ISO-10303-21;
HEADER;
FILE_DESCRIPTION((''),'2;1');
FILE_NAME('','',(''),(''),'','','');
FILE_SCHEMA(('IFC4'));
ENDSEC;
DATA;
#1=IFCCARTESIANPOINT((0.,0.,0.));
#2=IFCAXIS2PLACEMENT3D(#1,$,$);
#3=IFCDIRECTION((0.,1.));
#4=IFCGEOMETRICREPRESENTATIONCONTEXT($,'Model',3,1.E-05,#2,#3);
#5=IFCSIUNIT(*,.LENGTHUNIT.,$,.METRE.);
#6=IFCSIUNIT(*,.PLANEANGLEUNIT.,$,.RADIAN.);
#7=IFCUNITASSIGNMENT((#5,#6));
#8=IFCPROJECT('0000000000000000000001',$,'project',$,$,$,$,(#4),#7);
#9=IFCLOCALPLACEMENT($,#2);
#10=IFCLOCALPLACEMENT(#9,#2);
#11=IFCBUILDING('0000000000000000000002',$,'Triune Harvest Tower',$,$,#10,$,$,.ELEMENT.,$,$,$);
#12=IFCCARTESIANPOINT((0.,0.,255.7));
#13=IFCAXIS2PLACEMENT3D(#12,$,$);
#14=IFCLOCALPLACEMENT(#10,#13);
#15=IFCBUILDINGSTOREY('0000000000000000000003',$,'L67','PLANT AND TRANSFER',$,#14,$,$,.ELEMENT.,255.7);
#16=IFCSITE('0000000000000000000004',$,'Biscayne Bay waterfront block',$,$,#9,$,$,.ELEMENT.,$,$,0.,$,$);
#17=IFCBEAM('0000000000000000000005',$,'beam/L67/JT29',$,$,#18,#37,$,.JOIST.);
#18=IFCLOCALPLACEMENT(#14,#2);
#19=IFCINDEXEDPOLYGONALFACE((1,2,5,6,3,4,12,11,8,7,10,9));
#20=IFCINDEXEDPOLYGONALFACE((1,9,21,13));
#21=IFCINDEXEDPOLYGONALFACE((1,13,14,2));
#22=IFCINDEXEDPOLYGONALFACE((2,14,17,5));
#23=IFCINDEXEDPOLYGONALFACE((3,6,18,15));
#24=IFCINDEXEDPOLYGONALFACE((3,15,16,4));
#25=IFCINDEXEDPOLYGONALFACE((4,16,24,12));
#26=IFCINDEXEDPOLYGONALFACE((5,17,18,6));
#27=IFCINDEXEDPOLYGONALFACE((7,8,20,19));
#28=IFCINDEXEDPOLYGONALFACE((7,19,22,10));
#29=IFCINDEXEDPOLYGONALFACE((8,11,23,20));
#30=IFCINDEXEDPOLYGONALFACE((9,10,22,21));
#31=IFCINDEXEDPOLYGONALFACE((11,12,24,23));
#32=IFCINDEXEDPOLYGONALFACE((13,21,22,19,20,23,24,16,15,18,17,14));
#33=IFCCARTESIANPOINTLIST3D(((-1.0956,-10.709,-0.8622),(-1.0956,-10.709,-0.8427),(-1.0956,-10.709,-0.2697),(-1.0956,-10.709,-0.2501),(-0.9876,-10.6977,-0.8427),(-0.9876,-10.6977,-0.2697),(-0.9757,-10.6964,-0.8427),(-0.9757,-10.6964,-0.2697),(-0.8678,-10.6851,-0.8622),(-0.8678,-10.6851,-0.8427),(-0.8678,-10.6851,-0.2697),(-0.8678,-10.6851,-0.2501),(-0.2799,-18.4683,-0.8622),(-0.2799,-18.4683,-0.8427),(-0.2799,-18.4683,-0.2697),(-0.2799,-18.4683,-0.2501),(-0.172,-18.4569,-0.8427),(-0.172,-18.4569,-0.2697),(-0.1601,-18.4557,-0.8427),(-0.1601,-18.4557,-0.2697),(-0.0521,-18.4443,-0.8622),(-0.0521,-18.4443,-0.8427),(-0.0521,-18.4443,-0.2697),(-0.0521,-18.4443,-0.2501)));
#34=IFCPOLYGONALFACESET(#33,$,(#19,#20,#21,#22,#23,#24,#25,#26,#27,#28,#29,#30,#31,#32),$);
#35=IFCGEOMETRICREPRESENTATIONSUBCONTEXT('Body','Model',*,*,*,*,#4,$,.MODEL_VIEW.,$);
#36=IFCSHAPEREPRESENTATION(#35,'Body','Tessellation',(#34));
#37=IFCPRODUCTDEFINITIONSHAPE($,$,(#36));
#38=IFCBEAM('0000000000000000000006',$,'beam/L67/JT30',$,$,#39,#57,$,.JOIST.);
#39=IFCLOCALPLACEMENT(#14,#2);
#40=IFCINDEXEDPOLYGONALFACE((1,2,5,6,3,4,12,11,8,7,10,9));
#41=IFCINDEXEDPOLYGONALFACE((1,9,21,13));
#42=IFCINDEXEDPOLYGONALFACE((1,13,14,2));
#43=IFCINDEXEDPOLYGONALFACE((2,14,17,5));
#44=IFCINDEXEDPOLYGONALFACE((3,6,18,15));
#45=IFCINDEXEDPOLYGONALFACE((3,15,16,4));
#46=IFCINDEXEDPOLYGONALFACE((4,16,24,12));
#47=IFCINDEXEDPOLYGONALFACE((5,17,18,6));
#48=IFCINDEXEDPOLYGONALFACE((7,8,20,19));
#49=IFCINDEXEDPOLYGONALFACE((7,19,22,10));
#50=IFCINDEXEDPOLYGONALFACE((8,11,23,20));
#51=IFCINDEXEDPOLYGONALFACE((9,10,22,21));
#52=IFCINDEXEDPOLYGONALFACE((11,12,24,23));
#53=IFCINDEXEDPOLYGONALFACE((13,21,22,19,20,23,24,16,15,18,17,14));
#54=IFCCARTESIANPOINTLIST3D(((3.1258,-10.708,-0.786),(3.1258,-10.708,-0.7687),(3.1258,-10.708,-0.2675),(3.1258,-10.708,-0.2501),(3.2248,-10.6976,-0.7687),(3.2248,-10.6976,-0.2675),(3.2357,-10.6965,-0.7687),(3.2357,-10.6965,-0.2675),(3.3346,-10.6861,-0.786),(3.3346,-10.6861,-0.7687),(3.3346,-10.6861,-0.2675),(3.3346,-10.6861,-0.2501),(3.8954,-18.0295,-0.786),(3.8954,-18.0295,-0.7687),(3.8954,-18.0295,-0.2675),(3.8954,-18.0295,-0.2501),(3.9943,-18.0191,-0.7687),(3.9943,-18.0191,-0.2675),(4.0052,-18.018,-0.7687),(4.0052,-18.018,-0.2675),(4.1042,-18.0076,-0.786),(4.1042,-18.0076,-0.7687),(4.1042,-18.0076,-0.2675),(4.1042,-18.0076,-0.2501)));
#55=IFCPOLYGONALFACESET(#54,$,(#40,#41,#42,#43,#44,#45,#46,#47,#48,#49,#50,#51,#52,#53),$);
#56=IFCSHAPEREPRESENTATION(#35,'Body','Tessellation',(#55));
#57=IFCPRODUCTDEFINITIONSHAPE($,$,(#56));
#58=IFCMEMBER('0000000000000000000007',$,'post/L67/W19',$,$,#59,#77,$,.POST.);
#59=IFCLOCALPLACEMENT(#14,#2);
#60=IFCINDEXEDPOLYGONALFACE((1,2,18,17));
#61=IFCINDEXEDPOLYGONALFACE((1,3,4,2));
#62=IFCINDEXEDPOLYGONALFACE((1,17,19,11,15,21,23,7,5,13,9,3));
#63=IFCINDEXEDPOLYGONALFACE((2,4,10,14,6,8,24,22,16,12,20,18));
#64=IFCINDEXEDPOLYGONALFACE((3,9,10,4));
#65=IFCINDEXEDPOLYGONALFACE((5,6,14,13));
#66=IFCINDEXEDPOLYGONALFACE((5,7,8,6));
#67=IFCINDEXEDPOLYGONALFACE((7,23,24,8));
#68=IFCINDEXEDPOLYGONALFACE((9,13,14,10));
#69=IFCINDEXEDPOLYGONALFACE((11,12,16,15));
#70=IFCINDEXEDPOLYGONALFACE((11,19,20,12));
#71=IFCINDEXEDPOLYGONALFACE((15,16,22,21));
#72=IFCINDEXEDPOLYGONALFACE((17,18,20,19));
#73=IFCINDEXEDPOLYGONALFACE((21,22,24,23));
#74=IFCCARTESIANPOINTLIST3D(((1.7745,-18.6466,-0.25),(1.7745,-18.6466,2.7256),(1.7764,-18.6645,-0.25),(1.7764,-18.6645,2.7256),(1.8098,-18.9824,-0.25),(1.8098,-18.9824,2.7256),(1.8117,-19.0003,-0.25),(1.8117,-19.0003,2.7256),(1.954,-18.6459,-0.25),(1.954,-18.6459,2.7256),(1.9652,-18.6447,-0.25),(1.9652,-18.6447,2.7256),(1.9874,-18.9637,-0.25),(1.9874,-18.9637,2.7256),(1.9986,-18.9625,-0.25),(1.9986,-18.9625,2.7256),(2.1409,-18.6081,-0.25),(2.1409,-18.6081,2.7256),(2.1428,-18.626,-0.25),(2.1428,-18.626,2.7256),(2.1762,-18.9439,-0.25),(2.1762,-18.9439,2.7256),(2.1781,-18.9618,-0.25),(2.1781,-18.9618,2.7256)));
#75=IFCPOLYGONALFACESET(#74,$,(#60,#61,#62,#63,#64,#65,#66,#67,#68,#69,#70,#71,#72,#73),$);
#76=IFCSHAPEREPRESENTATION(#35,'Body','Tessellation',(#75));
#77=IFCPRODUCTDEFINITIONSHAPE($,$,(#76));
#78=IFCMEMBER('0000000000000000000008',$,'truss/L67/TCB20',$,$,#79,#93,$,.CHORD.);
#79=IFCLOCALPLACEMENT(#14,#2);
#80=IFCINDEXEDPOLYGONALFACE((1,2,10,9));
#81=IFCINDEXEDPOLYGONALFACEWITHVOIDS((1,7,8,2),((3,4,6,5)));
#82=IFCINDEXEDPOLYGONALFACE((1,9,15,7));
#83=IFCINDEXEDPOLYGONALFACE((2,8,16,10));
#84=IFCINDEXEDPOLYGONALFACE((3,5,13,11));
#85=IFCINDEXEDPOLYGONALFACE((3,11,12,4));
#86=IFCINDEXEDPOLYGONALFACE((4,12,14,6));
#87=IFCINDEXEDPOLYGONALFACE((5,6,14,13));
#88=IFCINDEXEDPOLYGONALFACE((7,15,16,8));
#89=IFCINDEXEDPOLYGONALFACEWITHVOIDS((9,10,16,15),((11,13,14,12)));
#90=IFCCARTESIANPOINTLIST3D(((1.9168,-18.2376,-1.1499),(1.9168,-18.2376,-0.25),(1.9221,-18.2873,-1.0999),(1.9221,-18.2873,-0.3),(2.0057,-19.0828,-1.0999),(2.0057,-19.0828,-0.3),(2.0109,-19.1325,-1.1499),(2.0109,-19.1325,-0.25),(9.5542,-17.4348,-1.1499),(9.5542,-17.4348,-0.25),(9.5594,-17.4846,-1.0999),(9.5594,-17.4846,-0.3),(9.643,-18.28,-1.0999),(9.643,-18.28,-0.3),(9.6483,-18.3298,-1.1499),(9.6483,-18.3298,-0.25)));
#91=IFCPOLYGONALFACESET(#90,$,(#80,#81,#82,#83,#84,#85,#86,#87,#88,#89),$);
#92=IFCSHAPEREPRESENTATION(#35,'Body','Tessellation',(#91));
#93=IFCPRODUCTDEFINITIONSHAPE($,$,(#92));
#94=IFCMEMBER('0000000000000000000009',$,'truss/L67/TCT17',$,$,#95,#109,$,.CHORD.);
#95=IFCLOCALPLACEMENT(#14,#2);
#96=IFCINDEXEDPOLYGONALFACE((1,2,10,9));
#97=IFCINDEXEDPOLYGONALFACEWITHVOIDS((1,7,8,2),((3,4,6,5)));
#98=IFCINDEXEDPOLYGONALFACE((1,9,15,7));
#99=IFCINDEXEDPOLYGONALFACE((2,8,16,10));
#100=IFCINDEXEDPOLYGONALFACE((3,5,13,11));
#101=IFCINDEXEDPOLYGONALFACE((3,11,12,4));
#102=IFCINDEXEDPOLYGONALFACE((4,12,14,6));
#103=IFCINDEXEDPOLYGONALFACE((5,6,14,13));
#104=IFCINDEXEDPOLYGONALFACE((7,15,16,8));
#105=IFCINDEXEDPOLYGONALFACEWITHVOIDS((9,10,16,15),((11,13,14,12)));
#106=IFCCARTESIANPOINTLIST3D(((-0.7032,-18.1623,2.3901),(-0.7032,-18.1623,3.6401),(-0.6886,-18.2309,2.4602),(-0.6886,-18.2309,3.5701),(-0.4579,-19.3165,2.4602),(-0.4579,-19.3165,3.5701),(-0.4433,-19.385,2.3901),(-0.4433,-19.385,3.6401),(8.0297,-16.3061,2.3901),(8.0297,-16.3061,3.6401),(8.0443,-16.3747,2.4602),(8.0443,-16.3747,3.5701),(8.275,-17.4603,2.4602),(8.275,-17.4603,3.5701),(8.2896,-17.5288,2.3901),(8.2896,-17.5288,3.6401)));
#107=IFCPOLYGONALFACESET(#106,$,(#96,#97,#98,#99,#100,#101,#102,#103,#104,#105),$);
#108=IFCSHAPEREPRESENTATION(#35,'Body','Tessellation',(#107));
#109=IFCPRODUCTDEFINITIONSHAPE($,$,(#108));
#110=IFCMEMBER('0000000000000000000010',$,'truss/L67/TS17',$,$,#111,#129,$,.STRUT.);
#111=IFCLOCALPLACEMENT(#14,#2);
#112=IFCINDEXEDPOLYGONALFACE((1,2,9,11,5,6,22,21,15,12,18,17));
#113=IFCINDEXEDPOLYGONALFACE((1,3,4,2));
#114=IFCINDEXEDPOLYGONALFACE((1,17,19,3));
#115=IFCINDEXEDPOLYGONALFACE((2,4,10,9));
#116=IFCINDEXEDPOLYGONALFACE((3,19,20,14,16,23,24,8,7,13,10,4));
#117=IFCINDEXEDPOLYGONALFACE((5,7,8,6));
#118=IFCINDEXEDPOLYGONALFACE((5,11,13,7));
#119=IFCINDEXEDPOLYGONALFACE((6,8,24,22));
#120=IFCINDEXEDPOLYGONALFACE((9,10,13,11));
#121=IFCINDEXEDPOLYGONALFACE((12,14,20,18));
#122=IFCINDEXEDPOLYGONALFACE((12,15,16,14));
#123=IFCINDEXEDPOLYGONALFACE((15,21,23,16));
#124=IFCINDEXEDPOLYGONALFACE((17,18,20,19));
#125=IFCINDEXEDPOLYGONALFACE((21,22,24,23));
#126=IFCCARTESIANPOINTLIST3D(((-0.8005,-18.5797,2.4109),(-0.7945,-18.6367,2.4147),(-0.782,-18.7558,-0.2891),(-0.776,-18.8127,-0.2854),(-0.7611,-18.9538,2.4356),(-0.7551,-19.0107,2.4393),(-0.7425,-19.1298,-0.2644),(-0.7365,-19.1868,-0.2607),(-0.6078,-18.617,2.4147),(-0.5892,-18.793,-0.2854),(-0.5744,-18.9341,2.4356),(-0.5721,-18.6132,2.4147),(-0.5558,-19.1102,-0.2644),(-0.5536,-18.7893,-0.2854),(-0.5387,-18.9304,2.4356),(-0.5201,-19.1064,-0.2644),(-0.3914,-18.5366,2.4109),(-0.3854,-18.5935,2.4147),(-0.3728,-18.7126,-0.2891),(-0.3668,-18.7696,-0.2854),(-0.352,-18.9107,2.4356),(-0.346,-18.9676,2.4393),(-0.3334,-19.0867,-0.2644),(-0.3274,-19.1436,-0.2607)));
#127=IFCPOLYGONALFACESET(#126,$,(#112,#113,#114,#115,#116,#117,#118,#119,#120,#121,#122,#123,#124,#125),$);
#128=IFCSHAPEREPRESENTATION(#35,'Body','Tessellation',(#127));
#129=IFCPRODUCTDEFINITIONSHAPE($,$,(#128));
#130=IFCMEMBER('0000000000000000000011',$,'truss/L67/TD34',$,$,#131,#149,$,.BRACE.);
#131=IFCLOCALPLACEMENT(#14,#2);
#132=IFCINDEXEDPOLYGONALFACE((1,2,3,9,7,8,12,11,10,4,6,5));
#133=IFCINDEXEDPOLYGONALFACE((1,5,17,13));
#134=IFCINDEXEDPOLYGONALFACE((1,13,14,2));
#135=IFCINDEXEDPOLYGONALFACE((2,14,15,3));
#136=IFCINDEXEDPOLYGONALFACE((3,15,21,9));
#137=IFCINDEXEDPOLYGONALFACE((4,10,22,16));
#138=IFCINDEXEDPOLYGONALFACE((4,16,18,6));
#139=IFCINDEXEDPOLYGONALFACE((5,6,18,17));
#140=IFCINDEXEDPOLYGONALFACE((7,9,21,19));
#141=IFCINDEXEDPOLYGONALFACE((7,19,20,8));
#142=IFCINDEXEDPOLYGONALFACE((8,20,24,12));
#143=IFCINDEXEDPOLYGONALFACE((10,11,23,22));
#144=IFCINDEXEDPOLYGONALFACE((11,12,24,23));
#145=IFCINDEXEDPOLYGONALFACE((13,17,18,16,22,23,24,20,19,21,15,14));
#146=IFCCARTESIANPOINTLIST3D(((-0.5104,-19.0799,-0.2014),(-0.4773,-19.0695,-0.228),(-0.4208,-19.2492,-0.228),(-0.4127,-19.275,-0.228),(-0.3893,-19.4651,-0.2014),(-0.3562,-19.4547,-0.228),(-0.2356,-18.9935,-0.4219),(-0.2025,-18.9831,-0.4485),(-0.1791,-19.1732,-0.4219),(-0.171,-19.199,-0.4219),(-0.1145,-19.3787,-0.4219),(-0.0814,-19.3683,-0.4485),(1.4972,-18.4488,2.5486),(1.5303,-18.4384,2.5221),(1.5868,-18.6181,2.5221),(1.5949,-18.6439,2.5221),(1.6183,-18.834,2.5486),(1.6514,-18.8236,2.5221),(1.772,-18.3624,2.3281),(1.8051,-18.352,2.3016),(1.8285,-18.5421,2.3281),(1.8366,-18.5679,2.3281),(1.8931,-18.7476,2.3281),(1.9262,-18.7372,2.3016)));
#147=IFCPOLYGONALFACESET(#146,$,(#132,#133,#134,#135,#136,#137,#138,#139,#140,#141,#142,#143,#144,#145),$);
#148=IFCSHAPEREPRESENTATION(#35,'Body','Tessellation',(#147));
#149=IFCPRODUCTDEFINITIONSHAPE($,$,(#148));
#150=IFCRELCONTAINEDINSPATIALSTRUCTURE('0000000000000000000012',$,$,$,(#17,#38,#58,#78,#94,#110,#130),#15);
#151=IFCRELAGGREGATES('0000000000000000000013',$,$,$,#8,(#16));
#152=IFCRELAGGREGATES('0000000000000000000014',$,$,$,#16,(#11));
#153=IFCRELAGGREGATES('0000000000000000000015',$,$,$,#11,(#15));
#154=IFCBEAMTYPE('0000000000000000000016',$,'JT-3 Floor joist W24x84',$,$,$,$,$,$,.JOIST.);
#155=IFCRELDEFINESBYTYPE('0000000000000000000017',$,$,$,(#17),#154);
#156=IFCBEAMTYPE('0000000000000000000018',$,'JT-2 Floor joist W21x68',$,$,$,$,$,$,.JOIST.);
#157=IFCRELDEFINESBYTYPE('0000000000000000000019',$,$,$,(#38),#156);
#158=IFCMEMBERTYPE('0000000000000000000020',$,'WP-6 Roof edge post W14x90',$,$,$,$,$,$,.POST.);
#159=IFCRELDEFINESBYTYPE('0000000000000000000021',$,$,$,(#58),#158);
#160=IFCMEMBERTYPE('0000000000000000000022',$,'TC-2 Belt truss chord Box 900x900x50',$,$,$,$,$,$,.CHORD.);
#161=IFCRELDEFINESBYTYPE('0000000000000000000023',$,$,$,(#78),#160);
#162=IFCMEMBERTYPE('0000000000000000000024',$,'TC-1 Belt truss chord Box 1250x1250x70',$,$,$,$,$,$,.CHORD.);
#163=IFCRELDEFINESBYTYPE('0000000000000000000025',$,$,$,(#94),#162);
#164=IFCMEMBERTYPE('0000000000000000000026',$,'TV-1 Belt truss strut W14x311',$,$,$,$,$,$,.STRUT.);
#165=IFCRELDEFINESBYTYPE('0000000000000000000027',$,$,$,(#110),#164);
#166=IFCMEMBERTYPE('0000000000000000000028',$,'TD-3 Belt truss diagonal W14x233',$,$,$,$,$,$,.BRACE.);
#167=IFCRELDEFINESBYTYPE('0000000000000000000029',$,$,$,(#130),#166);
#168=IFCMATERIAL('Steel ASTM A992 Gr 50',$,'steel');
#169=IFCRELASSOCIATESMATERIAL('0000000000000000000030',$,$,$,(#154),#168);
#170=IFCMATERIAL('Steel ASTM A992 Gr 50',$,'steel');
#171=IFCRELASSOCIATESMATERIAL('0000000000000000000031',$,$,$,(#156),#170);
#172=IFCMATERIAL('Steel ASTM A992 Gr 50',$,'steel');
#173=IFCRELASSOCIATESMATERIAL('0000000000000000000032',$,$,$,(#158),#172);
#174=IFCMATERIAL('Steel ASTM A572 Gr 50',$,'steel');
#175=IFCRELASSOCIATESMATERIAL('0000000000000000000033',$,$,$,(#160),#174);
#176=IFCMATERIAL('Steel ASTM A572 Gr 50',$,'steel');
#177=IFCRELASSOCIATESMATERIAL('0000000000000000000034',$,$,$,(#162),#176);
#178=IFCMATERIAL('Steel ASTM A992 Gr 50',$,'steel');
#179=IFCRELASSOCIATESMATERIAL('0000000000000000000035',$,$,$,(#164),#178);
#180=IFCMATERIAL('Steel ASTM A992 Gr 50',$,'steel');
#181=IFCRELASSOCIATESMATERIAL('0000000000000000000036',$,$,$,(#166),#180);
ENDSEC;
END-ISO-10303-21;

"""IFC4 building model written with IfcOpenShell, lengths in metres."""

from ifc_helpers import new_model, si_unit, direction, frame, origin, origin_2d, place, context, subcontext, project, spatial, hollow_rectangle, i_section, extrude, source, transform, mapped, material, material_profile, profile_set, type_object, element, save


model = new_model("IFC4")

# Units and contexts
model_context = context("Model", 3, precision=1e-05, world=origin(), true_north=direction((0.0, 1.0)))
body_context = subcontext(model_context, "Body", "Model", "MODEL_VIEW")
ifc_project = project(units=[si_unit("LENGTHUNIT", "METRE"), si_unit("PLANEANGLEUNIT", "RADIAN")], contexts=[model_context])

# Site, building, storey
site_placement = place(None, origin())
site = spatial("IfcSite", under=ifc_project, at=site_placement, Name="Biscayne Bay waterfront block", CompositionType="ELEMENT", RefElevation=0.0)
building_placement = place(site_placement, origin())
building = spatial("IfcBuilding", under=site, at=building_placement, Name="Triune Harvest Tower", CompositionType="ELEMENT")
storey_placement = place(building_placement, frame((0.0, 0.0, 255.7)))
storey = spatial("IfcBuildingStorey", under=building, at=storey_placement, Name="L67", Description="PLANT AND TRANSFER", CompositionType="ELEMENT", Elevation=255.7)

# Beams
ifc_material_1 = material(Name="Steel ASTM A992 Gr 50", Category="steel")
ifc_material_profile_1 = material_profile(ifc_material_1, i_section(OverallWidth=0.229, OverallDepth=0.6121, WebThickness=0.012, FlangeThickness=0.0195, at=origin_2d()), Name="W24x84")
ifc_profile_set_1 = profile_set([ifc_material_profile_1], Name="Steel ASTM A992 Gr 50")
beam_type_1 = type_object("IfcBeamType", Name="JT-3 Floor joist W24x84", PredefinedType="JOIST", material=ifc_profile_set_1)
shared_shape_1 = source(origin(), body_context, "Body", "SweptSolid", [
    extrude(i_section(OverallWidth=0.229, OverallDepth=0.6121, WebThickness=0.012, FlangeThickness=0.0195, at=origin_2d()), origin(), (0.0, 0.0, 1.0), 7.802),
])
beam_1_placement = place(storey_placement, frame((-0.166, -18.4563, -0.5562), z_axis=(-0.104546, 0.99452, 0.0), x_axis=(-0.99452, -0.104546, 0.0)))
element("IfcBeam", 1, at=beam_1_placement, inside=storey, type_object=beam_type_1, Name="beam/L67/JT29", PredefinedType="JOIST", context=body_context, shape_type="MappedRepresentation", body=[
    mapped(shared_shape_1, transform((0.0, 0.0, 0.0), scale=1.0)),
])
ifc_material_2 = material(Name="Steel ASTM A992 Gr 50", Category="steel")
ifc_material_profile_2 = material_profile(ifc_material_2, i_section(OverallWidth=0.21, OverallDepth=0.5359, WebThickness=0.011, FlangeThickness=0.0173, at=origin_2d()), Name="W21x68")
ifc_profile_set_2 = profile_set([ifc_material_profile_2], Name="Steel ASTM A992 Gr 50")
beam_type_2 = type_object("IfcBeamType", Name="JT-2 Floor joist W21x68", PredefinedType="JOIST", material=ifc_profile_set_2)
shared_shape_2 = source(origin(), body_context, "Body", "SweptSolid", [
    extrude(i_section(OverallWidth=0.21, OverallDepth=0.5359, WebThickness=0.011, FlangeThickness=0.0173, at=origin_2d()), origin(), (0.0, 0.0, 1.0), 7.3618),
])
beam_2_placement = place(storey_placement, frame((3.9998, -18.0186, -0.5181), z_axis=(-0.104529, 0.994522, 0.0), x_axis=(-0.994522, -0.104529, 0.0)))
element("IfcBeam", 2, at=beam_2_placement, inside=storey, type_object=beam_type_2, Name="beam/L67/JT30", PredefinedType="JOIST", context=body_context, shape_type="MappedRepresentation", body=[
    mapped(shared_shape_2, transform((0.0, 0.0, 0.0), scale=1.0)),
])

# Members
ifc_material_3 = material(Name="Steel ASTM A992 Gr 50", Category="steel")
ifc_material_profile_3 = material_profile(ifc_material_3, i_section(OverallWidth=0.3684, OverallDepth=0.3557, WebThickness=0.0112, FlangeThickness=0.0181, at=origin_2d()), Name="W14x90")
ifc_profile_set_3 = profile_set([ifc_material_profile_3], Name="Steel ASTM A992 Gr 50")
member_type_1 = type_object("IfcMemberType", Name="WP-6 Roof edge post W14x90", PredefinedType="POST", material=ifc_profile_set_3)
shared_shape_3 = source(origin(), body_context, "Body", "SweptSolid", [
    extrude(i_section(OverallWidth=0.3684, OverallDepth=0.3557, WebThickness=0.0112, FlangeThickness=0.0181, at=origin_2d()), origin(), (0.0, 0.0, 1.0), 2.9756),
])
member_1_placement = place(storey_placement, frame((1.9763, -18.8042, -0.25), z_axis=(0.0, 0.0, 1.0), x_axis=(0.994522, 0.10453, 0.0)))
element("IfcMember", 3, at=member_1_placement, inside=storey, type_object=member_type_1, Name="post/L67/W19", PredefinedType="POST", context=body_context, shape_type="MappedRepresentation", body=[
    mapped(shared_shape_3, transform((0.0, 0.0, 0.0), scale=1.0)),
])
ifc_material_4 = material(Name="Steel ASTM A572 Gr 50", Category="steel")
ifc_material_profile_4 = material_profile(ifc_material_4, hollow_rectangle(XDim=0.8999, YDim=0.8999, WallThickness=0.05, at=origin_2d()), Name="Box 900x900x50")
ifc_profile_set_4 = profile_set([ifc_material_profile_4], Name="Steel ASTM A572 Gr 50")
member_type_2 = type_object("IfcMemberType", Name="TC-2 Belt truss chord Box 900x900x50", PredefinedType="CHORD", material=ifc_profile_set_4)
shared_shape_4 = source(origin(), body_context, "Body", "SweptSolid", [
    extrude(hollow_rectangle(XDim=0.8999, YDim=0.8999, WallThickness=0.05, at=origin_2d()), origin(), (0.0, 0.0, 1.0), 7.6794),
])
member_2_placement = place(storey_placement, frame((1.9639, -18.6851, -0.7), z_axis=(0.994522, 0.104529, 0.0), x_axis=(-0.104529, 0.994522, 0.0)))
element("IfcMember", 4, at=member_2_placement, inside=storey, type_object=member_type_2, Name="truss/L67/TCB20", PredefinedType="CHORD", context=body_context, shape_type="MappedRepresentation", body=[
    mapped(shared_shape_4, transform((0.0, 0.0, 0.0), scale=1.0)),
])
ifc_material_5 = material(Name="Steel ASTM A572 Gr 50", Category="steel")
ifc_material_profile_5 = material_profile(ifc_material_5, hollow_rectangle(XDim=1.25, YDim=1.25, WallThickness=0.0701, at=origin_2d()), Name="Box 1250x1250x70")
ifc_profile_set_5 = profile_set([ifc_material_profile_5], Name="Steel ASTM A572 Gr 50")
member_type_3 = type_object("IfcMemberType", Name="TC-1 Belt truss chord Box 1250x1250x70", PredefinedType="CHORD", material=ifc_profile_set_5)
shared_shape_5 = source(origin(), body_context, "Body", "SweptSolid", [
    extrude(hollow_rectangle(XDim=1.25, YDim=1.25, WallThickness=0.0701, at=origin_2d()), origin(), (0.0, 0.0, 1.0), 8.928),
])
member_3_placement = place(storey_placement, frame((-0.5732, -18.7737, 3.0151), z_axis=(0.978148, 0.207908, 0.0), x_axis=(-0.207908, 0.978148, 0.0)))
element("IfcMember", 5, at=member_3_placement, inside=storey, type_object=member_type_3, Name="truss/L67/TCT17", PredefinedType="CHORD", context=body_context, shape_type="MappedRepresentation", body=[
    mapped(shared_shape_5, transform((0.0, 0.0, 0.0), scale=1.0)),
])
ifc_material_6 = material(Name="Steel ASTM A992 Gr 50", Category="steel")
ifc_material_profile_6 = material_profile(ifc_material_6, i_section(OverallWidth=0.4114, OverallDepth=0.4343, WebThickness=0.0359, FlangeThickness=0.0574, at=origin_2d()), Name="W14x311")
ifc_profile_set_6 = profile_set([ifc_material_profile_6], Name="Steel ASTM A992 Gr 50")
member_type_4 = type_object("IfcMemberType", Name="TV-1 Belt truss strut W14x311", PredefinedType="STRUT", material=ifc_profile_set_6)
shared_shape_6 = source(origin(), body_context, "Body", "SweptSolid", [
    extrude(i_section(OverallWidth=0.4114, OverallDepth=0.4343, WebThickness=0.0359, FlangeThickness=0.0574, at=origin_2d()), origin(), (0.0, 0.0, 1.0), 2.7058),
])
member_4_placement = place(storey_placement, frame((-0.5547, -18.9497, -0.2749), z_axis=(-0.006858, 0.065056, 0.997858), x_axis=(-0.99449, -0.104828, 0.0)))
element("IfcMember", 6, at=member_4_placement, inside=storey, type_object=member_type_4, Name="truss/L67/TS17", PredefinedType="STRUT", context=body_context, shape_type="MappedRepresentation", body=[
    mapped(shared_shape_6, transform((0.0, 0.0, 0.0), scale=1.0)),
])
ifc_material_7 = material(Name="Steel ASTM A992 Gr 50", Category="steel")
ifc_material_profile_7 = material_profile(ifc_material_7, i_section(OverallWidth=0.4038, OverallDepth=0.4065, WebThickness=0.0271, FlangeThickness=0.0437, at=origin_2d()), Name="W14x233")
ifc_profile_set_7 = profile_set([ifc_material_profile_7], Name="Steel ASTM A992 Gr 50")
member_type_5 = type_object("IfcMemberType", Name="TD-3 Belt truss diagonal W14x233", PredefinedType="BRACE", material=ifc_profile_set_7)
shared_shape_7 = source(origin(), body_context, "Body", "SweptSolid", [
    extrude(i_section(OverallWidth=0.4038, OverallDepth=0.4065, WebThickness=0.0271, FlangeThickness=0.0437, at=origin_2d()), origin(), (0.0, 0.0, 1.0), 3.4629),
])
member_5_placement = place(storey_placement, frame((-0.2959, -19.2241, -0.325), z_axis=(0.57975, 0.182251, 0.79415), x_axis=(-0.299893, 0.953973, 0.0)))
element("IfcMember", 7, at=member_5_placement, inside=storey, type_object=member_type_5, Name="truss/L67/TD34", PredefinedType="BRACE", context=body_context, shape_type="MappedRepresentation", body=[
    mapped(shared_shape_7, transform((0.0, 0.0, 0.0), scale=1.0)),
])

save(model, "model.ifc")
